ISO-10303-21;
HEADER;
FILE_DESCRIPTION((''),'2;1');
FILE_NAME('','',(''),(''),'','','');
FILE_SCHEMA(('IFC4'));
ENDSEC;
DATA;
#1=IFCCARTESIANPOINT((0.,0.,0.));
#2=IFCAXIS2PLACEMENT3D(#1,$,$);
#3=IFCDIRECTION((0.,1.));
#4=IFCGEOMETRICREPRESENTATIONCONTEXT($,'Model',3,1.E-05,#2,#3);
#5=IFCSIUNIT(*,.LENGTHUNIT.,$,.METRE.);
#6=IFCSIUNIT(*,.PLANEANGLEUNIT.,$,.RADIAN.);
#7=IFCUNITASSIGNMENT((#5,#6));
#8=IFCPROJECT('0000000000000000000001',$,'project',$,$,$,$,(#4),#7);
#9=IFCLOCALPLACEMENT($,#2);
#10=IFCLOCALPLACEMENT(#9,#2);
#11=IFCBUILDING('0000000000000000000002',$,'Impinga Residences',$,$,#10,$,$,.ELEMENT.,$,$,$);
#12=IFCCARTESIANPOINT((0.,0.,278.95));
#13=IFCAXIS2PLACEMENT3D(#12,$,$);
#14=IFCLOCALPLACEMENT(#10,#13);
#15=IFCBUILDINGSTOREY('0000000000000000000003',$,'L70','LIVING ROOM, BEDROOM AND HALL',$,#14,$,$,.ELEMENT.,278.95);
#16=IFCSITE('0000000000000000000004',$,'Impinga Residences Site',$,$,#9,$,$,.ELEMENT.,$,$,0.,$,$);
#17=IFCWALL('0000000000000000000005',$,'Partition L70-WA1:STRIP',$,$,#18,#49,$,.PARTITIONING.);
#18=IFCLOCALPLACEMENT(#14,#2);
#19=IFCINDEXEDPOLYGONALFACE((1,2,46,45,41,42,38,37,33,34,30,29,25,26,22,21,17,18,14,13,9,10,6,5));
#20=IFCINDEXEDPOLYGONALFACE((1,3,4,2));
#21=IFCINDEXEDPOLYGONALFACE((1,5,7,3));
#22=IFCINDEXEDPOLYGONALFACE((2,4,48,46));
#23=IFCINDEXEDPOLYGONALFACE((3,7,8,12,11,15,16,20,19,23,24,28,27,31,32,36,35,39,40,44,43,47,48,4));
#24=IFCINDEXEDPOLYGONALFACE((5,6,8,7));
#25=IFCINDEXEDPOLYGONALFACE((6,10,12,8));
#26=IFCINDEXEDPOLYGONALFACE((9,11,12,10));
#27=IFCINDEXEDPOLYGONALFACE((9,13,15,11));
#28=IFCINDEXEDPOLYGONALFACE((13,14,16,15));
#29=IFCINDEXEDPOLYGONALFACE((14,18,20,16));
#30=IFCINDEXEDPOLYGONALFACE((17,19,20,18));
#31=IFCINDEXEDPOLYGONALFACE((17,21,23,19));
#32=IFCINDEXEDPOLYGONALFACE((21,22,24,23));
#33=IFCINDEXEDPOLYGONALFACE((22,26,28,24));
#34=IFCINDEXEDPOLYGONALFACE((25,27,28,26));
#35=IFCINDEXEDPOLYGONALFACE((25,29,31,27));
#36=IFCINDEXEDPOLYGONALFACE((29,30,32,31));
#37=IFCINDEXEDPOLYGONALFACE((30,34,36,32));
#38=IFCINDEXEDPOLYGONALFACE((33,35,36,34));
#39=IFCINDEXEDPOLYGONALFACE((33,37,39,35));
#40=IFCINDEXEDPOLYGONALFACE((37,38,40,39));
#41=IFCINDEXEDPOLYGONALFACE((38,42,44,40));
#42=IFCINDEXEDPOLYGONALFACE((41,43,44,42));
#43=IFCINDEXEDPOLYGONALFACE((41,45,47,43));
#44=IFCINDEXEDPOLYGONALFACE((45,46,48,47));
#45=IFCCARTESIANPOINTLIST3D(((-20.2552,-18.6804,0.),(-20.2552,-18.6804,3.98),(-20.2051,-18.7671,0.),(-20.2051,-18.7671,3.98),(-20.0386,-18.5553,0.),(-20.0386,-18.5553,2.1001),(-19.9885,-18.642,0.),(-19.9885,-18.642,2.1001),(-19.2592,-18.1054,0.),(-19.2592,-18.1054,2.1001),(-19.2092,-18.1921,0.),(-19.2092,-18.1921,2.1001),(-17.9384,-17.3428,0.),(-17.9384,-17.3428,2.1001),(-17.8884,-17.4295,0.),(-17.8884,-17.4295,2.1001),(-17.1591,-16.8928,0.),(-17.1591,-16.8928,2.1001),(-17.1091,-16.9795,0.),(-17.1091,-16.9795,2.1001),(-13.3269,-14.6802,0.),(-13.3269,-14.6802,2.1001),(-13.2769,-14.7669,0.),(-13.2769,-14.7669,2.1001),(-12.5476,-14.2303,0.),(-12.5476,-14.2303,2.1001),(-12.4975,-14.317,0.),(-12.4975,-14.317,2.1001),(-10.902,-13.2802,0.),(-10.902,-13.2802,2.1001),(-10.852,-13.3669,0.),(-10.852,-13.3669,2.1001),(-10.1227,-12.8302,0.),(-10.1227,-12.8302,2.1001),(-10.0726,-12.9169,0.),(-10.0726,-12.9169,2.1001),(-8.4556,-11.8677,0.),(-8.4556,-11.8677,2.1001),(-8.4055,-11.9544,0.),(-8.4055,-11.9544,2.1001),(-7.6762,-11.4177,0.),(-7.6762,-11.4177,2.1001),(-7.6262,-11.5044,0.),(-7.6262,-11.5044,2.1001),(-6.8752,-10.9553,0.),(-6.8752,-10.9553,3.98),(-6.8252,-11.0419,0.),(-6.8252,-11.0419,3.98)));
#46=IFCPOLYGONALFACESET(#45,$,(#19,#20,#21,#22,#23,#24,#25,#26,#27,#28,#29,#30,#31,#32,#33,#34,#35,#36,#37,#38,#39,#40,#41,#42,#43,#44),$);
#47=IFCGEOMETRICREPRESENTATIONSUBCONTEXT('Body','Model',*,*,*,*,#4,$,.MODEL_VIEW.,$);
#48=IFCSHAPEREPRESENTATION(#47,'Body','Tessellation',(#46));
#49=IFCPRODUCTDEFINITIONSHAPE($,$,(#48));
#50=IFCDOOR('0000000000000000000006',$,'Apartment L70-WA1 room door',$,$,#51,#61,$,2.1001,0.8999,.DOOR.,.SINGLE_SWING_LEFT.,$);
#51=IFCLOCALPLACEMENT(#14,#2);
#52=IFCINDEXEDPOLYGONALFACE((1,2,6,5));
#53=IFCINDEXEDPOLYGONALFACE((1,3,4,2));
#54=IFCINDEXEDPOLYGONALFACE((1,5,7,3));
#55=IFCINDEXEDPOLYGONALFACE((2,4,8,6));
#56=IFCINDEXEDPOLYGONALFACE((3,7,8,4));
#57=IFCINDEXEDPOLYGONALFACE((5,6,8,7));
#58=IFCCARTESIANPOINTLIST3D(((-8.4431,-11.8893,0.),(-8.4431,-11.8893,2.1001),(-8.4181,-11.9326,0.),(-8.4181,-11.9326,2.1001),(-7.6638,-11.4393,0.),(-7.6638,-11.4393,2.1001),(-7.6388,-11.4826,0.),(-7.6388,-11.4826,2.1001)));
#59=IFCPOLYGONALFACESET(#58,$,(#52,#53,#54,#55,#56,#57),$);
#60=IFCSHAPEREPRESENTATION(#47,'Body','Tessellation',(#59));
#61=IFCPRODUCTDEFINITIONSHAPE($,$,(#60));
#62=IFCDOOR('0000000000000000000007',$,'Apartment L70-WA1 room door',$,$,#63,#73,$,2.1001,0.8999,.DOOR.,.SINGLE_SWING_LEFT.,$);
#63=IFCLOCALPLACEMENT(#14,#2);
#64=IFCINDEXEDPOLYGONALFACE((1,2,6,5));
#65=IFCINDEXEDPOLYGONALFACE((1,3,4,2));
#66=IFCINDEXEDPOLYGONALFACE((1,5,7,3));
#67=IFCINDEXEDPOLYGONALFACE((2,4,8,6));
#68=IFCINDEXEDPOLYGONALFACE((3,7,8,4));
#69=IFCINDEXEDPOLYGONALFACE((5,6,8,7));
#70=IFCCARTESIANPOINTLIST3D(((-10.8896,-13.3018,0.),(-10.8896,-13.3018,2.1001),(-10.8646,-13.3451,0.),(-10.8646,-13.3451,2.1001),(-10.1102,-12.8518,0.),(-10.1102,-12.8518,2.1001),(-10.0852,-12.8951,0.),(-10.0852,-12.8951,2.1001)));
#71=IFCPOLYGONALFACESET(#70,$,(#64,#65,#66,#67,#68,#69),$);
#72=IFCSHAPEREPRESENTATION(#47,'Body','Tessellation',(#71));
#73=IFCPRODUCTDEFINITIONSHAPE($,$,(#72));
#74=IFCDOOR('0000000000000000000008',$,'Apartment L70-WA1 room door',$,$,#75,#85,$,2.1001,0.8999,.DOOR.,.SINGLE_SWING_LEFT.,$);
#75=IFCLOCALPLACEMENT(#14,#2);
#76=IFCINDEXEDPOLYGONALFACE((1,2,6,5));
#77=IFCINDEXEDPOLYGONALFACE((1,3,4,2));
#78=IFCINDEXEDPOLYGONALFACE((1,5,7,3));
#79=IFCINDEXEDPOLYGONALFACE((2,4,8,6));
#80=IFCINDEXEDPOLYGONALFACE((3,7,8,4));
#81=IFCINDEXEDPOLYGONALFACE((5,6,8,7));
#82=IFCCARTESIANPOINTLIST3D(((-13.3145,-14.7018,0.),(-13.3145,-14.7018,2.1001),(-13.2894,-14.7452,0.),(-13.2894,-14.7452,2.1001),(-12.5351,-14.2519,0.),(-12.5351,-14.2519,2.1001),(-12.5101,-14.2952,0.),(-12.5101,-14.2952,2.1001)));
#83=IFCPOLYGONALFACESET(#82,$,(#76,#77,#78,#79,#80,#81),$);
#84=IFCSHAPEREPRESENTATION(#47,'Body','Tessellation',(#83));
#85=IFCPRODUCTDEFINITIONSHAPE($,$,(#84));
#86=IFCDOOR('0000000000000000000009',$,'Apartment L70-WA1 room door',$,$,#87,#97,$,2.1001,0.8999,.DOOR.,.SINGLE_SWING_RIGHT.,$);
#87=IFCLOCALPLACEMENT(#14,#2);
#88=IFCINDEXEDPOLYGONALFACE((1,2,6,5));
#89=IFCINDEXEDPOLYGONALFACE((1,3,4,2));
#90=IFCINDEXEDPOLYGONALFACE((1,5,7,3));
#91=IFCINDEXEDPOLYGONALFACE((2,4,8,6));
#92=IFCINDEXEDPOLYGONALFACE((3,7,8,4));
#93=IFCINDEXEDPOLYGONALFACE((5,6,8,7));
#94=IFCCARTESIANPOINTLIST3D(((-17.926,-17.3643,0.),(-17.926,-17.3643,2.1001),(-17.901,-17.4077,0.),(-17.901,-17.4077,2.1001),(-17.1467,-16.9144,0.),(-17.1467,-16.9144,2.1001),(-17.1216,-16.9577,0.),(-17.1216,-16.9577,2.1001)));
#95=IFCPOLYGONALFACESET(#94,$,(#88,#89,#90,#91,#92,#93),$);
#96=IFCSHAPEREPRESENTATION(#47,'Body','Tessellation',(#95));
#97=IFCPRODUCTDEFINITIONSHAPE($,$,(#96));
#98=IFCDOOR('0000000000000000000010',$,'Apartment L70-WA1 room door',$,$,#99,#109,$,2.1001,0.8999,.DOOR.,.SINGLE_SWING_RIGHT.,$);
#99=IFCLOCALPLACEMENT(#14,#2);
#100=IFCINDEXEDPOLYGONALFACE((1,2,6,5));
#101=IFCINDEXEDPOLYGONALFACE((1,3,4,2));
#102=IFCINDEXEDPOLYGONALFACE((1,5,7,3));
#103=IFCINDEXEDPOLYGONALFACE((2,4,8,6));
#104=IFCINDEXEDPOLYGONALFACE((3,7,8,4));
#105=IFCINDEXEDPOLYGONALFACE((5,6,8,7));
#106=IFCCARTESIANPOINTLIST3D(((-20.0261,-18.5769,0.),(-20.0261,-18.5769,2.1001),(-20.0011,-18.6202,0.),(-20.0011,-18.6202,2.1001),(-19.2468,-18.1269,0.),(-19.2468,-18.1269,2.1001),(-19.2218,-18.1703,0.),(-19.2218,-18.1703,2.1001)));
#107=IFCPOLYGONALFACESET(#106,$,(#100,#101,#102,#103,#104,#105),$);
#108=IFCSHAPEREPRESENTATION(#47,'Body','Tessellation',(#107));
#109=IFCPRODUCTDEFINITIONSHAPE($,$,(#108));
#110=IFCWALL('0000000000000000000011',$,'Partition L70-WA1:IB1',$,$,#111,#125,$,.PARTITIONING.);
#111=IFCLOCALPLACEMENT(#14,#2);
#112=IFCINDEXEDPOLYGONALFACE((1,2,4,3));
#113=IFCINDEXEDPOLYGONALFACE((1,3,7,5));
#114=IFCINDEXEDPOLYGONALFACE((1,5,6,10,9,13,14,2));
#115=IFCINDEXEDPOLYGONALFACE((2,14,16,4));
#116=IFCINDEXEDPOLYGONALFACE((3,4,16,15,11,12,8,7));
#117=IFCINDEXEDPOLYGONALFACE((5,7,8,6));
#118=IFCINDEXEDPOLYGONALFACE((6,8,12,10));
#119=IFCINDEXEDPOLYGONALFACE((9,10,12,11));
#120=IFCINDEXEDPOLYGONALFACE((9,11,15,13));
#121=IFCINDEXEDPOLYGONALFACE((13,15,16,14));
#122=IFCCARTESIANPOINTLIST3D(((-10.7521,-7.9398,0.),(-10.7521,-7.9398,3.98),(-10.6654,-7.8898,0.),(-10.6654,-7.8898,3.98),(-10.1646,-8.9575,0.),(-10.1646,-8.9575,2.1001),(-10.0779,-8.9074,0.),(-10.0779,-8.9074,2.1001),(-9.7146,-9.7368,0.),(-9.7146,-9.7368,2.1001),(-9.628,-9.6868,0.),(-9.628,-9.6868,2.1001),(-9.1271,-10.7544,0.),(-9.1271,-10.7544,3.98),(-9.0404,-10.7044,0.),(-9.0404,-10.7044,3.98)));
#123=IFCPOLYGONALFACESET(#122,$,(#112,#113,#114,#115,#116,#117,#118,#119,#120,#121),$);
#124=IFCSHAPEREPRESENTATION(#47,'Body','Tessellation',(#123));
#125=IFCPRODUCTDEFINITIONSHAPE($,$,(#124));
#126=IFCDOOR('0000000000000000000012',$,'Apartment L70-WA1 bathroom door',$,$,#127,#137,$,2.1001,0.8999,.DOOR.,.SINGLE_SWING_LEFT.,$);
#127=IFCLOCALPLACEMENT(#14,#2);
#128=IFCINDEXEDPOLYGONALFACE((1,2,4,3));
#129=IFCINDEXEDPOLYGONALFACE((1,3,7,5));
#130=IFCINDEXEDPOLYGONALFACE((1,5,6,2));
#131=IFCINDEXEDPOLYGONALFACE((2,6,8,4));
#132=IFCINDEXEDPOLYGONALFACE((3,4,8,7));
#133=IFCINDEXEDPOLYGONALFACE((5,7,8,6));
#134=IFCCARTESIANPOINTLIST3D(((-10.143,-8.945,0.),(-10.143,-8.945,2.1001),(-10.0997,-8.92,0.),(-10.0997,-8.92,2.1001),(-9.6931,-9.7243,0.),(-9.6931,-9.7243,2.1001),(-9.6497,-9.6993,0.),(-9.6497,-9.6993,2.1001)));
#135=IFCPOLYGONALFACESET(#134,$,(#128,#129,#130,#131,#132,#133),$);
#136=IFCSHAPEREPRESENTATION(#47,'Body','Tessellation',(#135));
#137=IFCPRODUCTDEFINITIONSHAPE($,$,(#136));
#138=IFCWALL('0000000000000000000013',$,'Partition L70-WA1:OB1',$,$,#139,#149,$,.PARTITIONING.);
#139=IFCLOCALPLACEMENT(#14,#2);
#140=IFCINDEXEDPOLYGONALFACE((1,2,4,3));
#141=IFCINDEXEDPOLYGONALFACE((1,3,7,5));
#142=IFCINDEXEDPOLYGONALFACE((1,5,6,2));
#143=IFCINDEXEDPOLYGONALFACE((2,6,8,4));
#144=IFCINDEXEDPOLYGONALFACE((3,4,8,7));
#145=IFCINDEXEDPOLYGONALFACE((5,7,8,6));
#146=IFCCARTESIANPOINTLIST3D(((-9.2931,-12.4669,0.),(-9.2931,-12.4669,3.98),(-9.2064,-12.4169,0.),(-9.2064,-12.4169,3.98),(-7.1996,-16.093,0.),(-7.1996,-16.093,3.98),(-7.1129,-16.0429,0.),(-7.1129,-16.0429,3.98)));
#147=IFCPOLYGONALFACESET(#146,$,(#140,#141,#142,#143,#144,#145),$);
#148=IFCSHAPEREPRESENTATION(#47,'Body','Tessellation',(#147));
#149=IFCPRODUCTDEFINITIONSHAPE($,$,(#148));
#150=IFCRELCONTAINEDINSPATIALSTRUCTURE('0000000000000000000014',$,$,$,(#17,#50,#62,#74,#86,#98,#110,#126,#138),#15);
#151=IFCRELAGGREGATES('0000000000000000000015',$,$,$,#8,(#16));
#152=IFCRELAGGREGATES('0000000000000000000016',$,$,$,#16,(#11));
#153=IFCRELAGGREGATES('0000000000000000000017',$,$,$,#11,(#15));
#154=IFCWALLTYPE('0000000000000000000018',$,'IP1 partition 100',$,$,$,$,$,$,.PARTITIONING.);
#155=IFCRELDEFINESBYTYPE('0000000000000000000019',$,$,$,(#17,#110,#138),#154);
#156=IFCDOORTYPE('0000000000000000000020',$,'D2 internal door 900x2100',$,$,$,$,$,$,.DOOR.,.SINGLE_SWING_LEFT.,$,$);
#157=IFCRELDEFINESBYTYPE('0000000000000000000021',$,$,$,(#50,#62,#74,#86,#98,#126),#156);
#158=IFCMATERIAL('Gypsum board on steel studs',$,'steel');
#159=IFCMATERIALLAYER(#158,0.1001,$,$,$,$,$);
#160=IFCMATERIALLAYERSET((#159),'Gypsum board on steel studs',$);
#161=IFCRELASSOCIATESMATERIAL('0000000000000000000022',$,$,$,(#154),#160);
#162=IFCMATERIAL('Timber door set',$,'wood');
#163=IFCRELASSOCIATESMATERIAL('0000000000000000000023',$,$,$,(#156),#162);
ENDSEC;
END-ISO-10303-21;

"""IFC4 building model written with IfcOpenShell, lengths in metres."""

from ifc_helpers import new_model, si_unit, direction, frame, frame_2d, origin, place, context, subcontext, project, spatial, rectangle, extrude, material, layer, layer_set, type_object, element, fill, save


model = new_model("IFC4")

# Units and contexts
model_context = context("Model", 3, precision=1e-05, world=origin(), true_north=direction((0.0, 1.0)))
body_context = subcontext(model_context, "Body", "Model", "MODEL_VIEW")
ifc_project = project(units=[si_unit("LENGTHUNIT", "METRE"), si_unit("PLANEANGLEUNIT", "RADIAN")], contexts=[model_context])

# Site, building, storey
site_placement = place(None, origin())
site = spatial("IfcSite", under=ifc_project, at=site_placement, Name="Impinga Residences Site", CompositionType="ELEMENT", RefElevation=0.0)
building_placement = place(site_placement, origin())
building = spatial("IfcBuilding", under=site, at=building_placement, Name="Impinga Residences", CompositionType="ELEMENT")
storey_placement = place(building_placement, frame((0.0, 0.0, 278.95)))
storey = spatial("IfcBuildingStorey", under=building, at=storey_placement, Name="L70", Description="LIVING ROOM, BEDROOM AND HALL", CompositionType="ELEMENT", Elevation=278.95)

# Shared definitions
ifc_material_1 = material(Name="Timber door set", Category="wood")

# Shared definitions
ifc_material_2 = material(Name="Gypsum board on steel studs", Category="steel")
ifc_layer_1 = layer(ifc_material_2, 0.1001)
ifc_layer_set_1 = layer_set([ifc_layer_1], Name="Gypsum board on steel studs")
wall_type_1 = type_object("IfcWallType", Name="IP1 partition 100", PredefinedType="PARTITIONING", material=ifc_layer_set_1)

# Wall, openings, doors
wall_1_placement = place(storey_placement, frame((-6.8501, -10.9985, 0.0), z_axis=(0.0, 0.0, 1.0), x_axis=(-0.866019, -0.500011, 0.0)))
wall_1 = element("IfcWall", 1, at=wall_1_placement, inside=storey, type_object=wall_type_1, Name="Partition L70-WA1:STRIP", PredefinedType="PARTITIONING", context=body_context, shape_type="SweptSolid", body=[
    extrude(rectangle(XDim=15.45, YDim=0.1001, at=frame_2d((7.7251, 0.0))), origin(), (0.0, 0.0, 1.0), 3.98),
])
opening_1_placement = place(wall_1_placement, frame((0.925, 0.0, 0.0)))
opening_1 = element("IfcOpeningElement", 2, at=opening_1_placement, cuts=wall_1, PredefinedType="OPENING", context=body_context, shape_type="SweptSolid", body=[
    extrude(rectangle(XDim=0.8999, YDim=2.1001, at=frame_2d((0.45, 1.05))), frame((0.0, 0.0601, 0.0), z_axis=(0.0, -1.0, 0.0), x_axis=(1.0, 0.0, 0.0)), (0.0, 0.0, 1.0), 0.1201),
])
opening_2_placement = place(wall_1_placement, frame((3.75, 0.0, 0.0)))
opening_2 = element("IfcOpeningElement", 3, at=opening_2_placement, cuts=wall_1, PredefinedType="OPENING", context=body_context, shape_type="SweptSolid", body=[
    extrude(rectangle(XDim=0.8999, YDim=2.1001, at=frame_2d((0.45, 1.05))), frame((0.0, 0.0601, 0.0), z_axis=(0.0, -1.0, 0.0), x_axis=(1.0, 0.0, 0.0)), (0.0, 0.0, 1.0), 0.1201),
])
opening_3_placement = place(wall_1_placement, frame((6.55, 0.0, 0.0)))
opening_3 = element("IfcOpeningElement", 4, at=opening_3_placement, cuts=wall_1, PredefinedType="OPENING", context=body_context, shape_type="SweptSolid", body=[
    extrude(rectangle(XDim=0.8999, YDim=2.1001, at=frame_2d((0.45, 1.05))), frame((0.0, 0.0601, 0.0), z_axis=(0.0, -1.0, 0.0), x_axis=(1.0, 0.0, 0.0)), (0.0, 0.0, 1.0), 0.1201),
])
opening_4_placement = place(wall_1_placement, frame((11.875, 0.0, 0.0)))
opening_4 = element("IfcOpeningElement", 5, at=opening_4_placement, cuts=wall_1, PredefinedType="OPENING", context=body_context, shape_type="SweptSolid", body=[
    extrude(rectangle(XDim=0.8999, YDim=2.1001, at=frame_2d((0.45, 1.05))), frame((0.0, 0.0601, 0.0), z_axis=(0.0, -1.0, 0.0), x_axis=(1.0, 0.0, 0.0)), (0.0, 0.0, 1.0), 0.1201),
])
opening_5_placement = place(wall_1_placement, frame((14.3, 0.0, 0.0)))
opening_5 = element("IfcOpeningElement", 6, at=opening_5_placement, cuts=wall_1, PredefinedType="OPENING", context=body_context, shape_type="SweptSolid", body=[
    extrude(rectangle(XDim=0.8999, YDim=2.1001, at=frame_2d((0.45, 1.05))), frame((0.0, 0.0601, 0.0), z_axis=(0.0, -1.0, 0.0), x_axis=(1.0, 0.0, 0.0)), (0.0, 0.0, 1.0), 0.1201),
])
door_type_1 = type_object("IfcDoorType", Name="D2 internal door 900x2100", OperationType="SINGLE_SWING_LEFT", PredefinedType="DOOR", material=ifc_material_1)
door_1_placement = place(opening_1_placement, origin())
door_1 = element("IfcDoor", 7, at=door_1_placement, inside=storey, type_object=door_type_1, Name="Apartment L70-WA1 room door", OperationType="SINGLE_SWING_LEFT", OverallHeight=2.1001, OverallWidth=0.8999, PredefinedType="DOOR", context=body_context, shape_type="SweptSolid", body=[
    extrude(rectangle(XDim=0.8999, YDim=2.1001, at=frame_2d((0.45, 1.05))), frame((0.0, 0.0249, 0.0), z_axis=(0.0, -1.0, 0.0), x_axis=(1.0, 0.0, 0.0)), (0.0, 0.0, 1.0), 0.05),
])
fill(opening_1, door_1)
door_2_placement = place(opening_2_placement, origin())
door_2 = element("IfcDoor", 8, at=door_2_placement, inside=storey, type_object=door_type_1, Name="Apartment L70-WA1 room door", OperationType="SINGLE_SWING_LEFT", OverallHeight=2.1001, OverallWidth=0.8999, PredefinedType="DOOR", context=body_context, shape_type="SweptSolid", body=[
    extrude(rectangle(XDim=0.8999, YDim=2.1001, at=frame_2d((0.45, 1.05))), frame((0.0, 0.0249, 0.0), z_axis=(0.0, -1.0, 0.0), x_axis=(1.0, 0.0, 0.0)), (0.0, 0.0, 1.0), 0.05),
])
fill(opening_2, door_2)
door_3_placement = place(opening_3_placement, origin())
door_3 = element("IfcDoor", 9, at=door_3_placement, inside=storey, type_object=door_type_1, Name="Apartment L70-WA1 room door", OperationType="SINGLE_SWING_LEFT", OverallHeight=2.1001, OverallWidth=0.8999, PredefinedType="DOOR", context=body_context, shape_type="SweptSolid", body=[
    extrude(rectangle(XDim=0.8999, YDim=2.1001, at=frame_2d((0.45, 1.05))), frame((0.0, 0.0249, 0.0), z_axis=(0.0, -1.0, 0.0), x_axis=(1.0, 0.0, 0.0)), (0.0, 0.0, 1.0), 0.05),
])
fill(opening_3, door_3)
door_4_placement = place(opening_4_placement, origin())
door_4 = element("IfcDoor", 10, at=door_4_placement, inside=storey, type_object=door_type_1, Name="Apartment L70-WA1 room door", OperationType="SINGLE_SWING_RIGHT", OverallHeight=2.1001, OverallWidth=0.8999, PredefinedType="DOOR", context=body_context, shape_type="SweptSolid", body=[
    extrude(rectangle(XDim=0.8999, YDim=2.1001, at=frame_2d((0.45, 1.05))), frame((0.0, 0.0249, 0.0), z_axis=(0.0, -1.0, 0.0), x_axis=(1.0, 0.0, 0.0)), (0.0, 0.0, 1.0), 0.05),
])
fill(opening_4, door_4)
door_5_placement = place(opening_5_placement, origin())
door_5 = element("IfcDoor", 11, at=door_5_placement, inside=storey, type_object=door_type_1, Name="Apartment L70-WA1 room door", OperationType="SINGLE_SWING_RIGHT", OverallHeight=2.1001, OverallWidth=0.8999, PredefinedType="DOOR", context=body_context, shape_type="SweptSolid", body=[
    extrude(rectangle(XDim=0.8999, YDim=2.1001, at=frame_2d((0.45, 1.05))), frame((0.0, 0.0249, 0.0), z_axis=(0.0, -1.0, 0.0), x_axis=(1.0, 0.0, 0.0)), (0.0, 0.0, 1.0), 0.05),
])
fill(opening_5, door_5)

# Wall, opening, door
wall_2_placement = place(storey_placement, frame((-10.7087, -7.9148, 0.0), z_axis=(0.0, 0.0, 1.0), x_axis=(0.499985, -0.866034, 0.0)))
wall_2 = element("IfcWall", 12, at=wall_2_placement, inside=storey, type_object=wall_type_1, Name="Partition L70-WA1:IB1", PredefinedType="PARTITIONING", context=body_context, shape_type="SweptSolid", body=[
    extrude(rectangle(XDim=3.25, YDim=0.1001, at=frame_2d((1.625, 0.0))), origin(), (0.0, 0.0, 1.0), 3.98),
])
opening_6_placement = place(wall_2_placement, frame((1.175, 0.0, 0.0)))
opening_6 = element("IfcOpeningElement", 13, at=opening_6_placement, cuts=wall_2, PredefinedType="OPENING", context=body_context, shape_type="SweptSolid", body=[
    extrude(rectangle(XDim=0.8999, YDim=2.1001, at=frame_2d((0.45, 1.05))), frame((0.0, 0.0601, 0.0), z_axis=(0.0, -1.0, 0.0), x_axis=(1.0, 0.0, 0.0)), (0.0, 0.0, 1.0), 0.1201),
])
door_6_placement = place(opening_6_placement, origin())
door_6 = element("IfcDoor", 14, at=door_6_placement, inside=storey, type_object=door_type_1, Name="Apartment L70-WA1 bathroom door", OperationType="SINGLE_SWING_LEFT", OverallHeight=2.1001, OverallWidth=0.8999, PredefinedType="DOOR", context=body_context, shape_type="SweptSolid", body=[
    extrude(rectangle(XDim=0.8999, YDim=2.1001, at=frame_2d((0.45, 1.05))), frame((0.0, 0.0249, 0.0), z_axis=(0.0, -1.0, 0.0), x_axis=(1.0, 0.0, 0.0)), (0.0, 0.0, 1.0), 0.05),
])
fill(opening_6, door_6)

# Wall
wall_3_placement = place(storey_placement, frame((-9.2498, -12.4419, 0.0), z_axis=(0.0, 0.0, 1.0), x_axis=(0.500008, -0.866021, 0.0)))
element("IfcWall", 15, at=wall_3_placement, inside=storey, type_object=wall_type_1, Name="Partition L70-WA1:OB1", PredefinedType="PARTITIONING", context=body_context, shape_type="SweptSolid", body=[
    extrude(rectangle(XDim=4.187, YDim=0.1001, at=frame_2d((2.0935, 0.0))), origin(), (0.0, 0.0, 1.0), 3.98),
])

save(model, "model.ifc")
